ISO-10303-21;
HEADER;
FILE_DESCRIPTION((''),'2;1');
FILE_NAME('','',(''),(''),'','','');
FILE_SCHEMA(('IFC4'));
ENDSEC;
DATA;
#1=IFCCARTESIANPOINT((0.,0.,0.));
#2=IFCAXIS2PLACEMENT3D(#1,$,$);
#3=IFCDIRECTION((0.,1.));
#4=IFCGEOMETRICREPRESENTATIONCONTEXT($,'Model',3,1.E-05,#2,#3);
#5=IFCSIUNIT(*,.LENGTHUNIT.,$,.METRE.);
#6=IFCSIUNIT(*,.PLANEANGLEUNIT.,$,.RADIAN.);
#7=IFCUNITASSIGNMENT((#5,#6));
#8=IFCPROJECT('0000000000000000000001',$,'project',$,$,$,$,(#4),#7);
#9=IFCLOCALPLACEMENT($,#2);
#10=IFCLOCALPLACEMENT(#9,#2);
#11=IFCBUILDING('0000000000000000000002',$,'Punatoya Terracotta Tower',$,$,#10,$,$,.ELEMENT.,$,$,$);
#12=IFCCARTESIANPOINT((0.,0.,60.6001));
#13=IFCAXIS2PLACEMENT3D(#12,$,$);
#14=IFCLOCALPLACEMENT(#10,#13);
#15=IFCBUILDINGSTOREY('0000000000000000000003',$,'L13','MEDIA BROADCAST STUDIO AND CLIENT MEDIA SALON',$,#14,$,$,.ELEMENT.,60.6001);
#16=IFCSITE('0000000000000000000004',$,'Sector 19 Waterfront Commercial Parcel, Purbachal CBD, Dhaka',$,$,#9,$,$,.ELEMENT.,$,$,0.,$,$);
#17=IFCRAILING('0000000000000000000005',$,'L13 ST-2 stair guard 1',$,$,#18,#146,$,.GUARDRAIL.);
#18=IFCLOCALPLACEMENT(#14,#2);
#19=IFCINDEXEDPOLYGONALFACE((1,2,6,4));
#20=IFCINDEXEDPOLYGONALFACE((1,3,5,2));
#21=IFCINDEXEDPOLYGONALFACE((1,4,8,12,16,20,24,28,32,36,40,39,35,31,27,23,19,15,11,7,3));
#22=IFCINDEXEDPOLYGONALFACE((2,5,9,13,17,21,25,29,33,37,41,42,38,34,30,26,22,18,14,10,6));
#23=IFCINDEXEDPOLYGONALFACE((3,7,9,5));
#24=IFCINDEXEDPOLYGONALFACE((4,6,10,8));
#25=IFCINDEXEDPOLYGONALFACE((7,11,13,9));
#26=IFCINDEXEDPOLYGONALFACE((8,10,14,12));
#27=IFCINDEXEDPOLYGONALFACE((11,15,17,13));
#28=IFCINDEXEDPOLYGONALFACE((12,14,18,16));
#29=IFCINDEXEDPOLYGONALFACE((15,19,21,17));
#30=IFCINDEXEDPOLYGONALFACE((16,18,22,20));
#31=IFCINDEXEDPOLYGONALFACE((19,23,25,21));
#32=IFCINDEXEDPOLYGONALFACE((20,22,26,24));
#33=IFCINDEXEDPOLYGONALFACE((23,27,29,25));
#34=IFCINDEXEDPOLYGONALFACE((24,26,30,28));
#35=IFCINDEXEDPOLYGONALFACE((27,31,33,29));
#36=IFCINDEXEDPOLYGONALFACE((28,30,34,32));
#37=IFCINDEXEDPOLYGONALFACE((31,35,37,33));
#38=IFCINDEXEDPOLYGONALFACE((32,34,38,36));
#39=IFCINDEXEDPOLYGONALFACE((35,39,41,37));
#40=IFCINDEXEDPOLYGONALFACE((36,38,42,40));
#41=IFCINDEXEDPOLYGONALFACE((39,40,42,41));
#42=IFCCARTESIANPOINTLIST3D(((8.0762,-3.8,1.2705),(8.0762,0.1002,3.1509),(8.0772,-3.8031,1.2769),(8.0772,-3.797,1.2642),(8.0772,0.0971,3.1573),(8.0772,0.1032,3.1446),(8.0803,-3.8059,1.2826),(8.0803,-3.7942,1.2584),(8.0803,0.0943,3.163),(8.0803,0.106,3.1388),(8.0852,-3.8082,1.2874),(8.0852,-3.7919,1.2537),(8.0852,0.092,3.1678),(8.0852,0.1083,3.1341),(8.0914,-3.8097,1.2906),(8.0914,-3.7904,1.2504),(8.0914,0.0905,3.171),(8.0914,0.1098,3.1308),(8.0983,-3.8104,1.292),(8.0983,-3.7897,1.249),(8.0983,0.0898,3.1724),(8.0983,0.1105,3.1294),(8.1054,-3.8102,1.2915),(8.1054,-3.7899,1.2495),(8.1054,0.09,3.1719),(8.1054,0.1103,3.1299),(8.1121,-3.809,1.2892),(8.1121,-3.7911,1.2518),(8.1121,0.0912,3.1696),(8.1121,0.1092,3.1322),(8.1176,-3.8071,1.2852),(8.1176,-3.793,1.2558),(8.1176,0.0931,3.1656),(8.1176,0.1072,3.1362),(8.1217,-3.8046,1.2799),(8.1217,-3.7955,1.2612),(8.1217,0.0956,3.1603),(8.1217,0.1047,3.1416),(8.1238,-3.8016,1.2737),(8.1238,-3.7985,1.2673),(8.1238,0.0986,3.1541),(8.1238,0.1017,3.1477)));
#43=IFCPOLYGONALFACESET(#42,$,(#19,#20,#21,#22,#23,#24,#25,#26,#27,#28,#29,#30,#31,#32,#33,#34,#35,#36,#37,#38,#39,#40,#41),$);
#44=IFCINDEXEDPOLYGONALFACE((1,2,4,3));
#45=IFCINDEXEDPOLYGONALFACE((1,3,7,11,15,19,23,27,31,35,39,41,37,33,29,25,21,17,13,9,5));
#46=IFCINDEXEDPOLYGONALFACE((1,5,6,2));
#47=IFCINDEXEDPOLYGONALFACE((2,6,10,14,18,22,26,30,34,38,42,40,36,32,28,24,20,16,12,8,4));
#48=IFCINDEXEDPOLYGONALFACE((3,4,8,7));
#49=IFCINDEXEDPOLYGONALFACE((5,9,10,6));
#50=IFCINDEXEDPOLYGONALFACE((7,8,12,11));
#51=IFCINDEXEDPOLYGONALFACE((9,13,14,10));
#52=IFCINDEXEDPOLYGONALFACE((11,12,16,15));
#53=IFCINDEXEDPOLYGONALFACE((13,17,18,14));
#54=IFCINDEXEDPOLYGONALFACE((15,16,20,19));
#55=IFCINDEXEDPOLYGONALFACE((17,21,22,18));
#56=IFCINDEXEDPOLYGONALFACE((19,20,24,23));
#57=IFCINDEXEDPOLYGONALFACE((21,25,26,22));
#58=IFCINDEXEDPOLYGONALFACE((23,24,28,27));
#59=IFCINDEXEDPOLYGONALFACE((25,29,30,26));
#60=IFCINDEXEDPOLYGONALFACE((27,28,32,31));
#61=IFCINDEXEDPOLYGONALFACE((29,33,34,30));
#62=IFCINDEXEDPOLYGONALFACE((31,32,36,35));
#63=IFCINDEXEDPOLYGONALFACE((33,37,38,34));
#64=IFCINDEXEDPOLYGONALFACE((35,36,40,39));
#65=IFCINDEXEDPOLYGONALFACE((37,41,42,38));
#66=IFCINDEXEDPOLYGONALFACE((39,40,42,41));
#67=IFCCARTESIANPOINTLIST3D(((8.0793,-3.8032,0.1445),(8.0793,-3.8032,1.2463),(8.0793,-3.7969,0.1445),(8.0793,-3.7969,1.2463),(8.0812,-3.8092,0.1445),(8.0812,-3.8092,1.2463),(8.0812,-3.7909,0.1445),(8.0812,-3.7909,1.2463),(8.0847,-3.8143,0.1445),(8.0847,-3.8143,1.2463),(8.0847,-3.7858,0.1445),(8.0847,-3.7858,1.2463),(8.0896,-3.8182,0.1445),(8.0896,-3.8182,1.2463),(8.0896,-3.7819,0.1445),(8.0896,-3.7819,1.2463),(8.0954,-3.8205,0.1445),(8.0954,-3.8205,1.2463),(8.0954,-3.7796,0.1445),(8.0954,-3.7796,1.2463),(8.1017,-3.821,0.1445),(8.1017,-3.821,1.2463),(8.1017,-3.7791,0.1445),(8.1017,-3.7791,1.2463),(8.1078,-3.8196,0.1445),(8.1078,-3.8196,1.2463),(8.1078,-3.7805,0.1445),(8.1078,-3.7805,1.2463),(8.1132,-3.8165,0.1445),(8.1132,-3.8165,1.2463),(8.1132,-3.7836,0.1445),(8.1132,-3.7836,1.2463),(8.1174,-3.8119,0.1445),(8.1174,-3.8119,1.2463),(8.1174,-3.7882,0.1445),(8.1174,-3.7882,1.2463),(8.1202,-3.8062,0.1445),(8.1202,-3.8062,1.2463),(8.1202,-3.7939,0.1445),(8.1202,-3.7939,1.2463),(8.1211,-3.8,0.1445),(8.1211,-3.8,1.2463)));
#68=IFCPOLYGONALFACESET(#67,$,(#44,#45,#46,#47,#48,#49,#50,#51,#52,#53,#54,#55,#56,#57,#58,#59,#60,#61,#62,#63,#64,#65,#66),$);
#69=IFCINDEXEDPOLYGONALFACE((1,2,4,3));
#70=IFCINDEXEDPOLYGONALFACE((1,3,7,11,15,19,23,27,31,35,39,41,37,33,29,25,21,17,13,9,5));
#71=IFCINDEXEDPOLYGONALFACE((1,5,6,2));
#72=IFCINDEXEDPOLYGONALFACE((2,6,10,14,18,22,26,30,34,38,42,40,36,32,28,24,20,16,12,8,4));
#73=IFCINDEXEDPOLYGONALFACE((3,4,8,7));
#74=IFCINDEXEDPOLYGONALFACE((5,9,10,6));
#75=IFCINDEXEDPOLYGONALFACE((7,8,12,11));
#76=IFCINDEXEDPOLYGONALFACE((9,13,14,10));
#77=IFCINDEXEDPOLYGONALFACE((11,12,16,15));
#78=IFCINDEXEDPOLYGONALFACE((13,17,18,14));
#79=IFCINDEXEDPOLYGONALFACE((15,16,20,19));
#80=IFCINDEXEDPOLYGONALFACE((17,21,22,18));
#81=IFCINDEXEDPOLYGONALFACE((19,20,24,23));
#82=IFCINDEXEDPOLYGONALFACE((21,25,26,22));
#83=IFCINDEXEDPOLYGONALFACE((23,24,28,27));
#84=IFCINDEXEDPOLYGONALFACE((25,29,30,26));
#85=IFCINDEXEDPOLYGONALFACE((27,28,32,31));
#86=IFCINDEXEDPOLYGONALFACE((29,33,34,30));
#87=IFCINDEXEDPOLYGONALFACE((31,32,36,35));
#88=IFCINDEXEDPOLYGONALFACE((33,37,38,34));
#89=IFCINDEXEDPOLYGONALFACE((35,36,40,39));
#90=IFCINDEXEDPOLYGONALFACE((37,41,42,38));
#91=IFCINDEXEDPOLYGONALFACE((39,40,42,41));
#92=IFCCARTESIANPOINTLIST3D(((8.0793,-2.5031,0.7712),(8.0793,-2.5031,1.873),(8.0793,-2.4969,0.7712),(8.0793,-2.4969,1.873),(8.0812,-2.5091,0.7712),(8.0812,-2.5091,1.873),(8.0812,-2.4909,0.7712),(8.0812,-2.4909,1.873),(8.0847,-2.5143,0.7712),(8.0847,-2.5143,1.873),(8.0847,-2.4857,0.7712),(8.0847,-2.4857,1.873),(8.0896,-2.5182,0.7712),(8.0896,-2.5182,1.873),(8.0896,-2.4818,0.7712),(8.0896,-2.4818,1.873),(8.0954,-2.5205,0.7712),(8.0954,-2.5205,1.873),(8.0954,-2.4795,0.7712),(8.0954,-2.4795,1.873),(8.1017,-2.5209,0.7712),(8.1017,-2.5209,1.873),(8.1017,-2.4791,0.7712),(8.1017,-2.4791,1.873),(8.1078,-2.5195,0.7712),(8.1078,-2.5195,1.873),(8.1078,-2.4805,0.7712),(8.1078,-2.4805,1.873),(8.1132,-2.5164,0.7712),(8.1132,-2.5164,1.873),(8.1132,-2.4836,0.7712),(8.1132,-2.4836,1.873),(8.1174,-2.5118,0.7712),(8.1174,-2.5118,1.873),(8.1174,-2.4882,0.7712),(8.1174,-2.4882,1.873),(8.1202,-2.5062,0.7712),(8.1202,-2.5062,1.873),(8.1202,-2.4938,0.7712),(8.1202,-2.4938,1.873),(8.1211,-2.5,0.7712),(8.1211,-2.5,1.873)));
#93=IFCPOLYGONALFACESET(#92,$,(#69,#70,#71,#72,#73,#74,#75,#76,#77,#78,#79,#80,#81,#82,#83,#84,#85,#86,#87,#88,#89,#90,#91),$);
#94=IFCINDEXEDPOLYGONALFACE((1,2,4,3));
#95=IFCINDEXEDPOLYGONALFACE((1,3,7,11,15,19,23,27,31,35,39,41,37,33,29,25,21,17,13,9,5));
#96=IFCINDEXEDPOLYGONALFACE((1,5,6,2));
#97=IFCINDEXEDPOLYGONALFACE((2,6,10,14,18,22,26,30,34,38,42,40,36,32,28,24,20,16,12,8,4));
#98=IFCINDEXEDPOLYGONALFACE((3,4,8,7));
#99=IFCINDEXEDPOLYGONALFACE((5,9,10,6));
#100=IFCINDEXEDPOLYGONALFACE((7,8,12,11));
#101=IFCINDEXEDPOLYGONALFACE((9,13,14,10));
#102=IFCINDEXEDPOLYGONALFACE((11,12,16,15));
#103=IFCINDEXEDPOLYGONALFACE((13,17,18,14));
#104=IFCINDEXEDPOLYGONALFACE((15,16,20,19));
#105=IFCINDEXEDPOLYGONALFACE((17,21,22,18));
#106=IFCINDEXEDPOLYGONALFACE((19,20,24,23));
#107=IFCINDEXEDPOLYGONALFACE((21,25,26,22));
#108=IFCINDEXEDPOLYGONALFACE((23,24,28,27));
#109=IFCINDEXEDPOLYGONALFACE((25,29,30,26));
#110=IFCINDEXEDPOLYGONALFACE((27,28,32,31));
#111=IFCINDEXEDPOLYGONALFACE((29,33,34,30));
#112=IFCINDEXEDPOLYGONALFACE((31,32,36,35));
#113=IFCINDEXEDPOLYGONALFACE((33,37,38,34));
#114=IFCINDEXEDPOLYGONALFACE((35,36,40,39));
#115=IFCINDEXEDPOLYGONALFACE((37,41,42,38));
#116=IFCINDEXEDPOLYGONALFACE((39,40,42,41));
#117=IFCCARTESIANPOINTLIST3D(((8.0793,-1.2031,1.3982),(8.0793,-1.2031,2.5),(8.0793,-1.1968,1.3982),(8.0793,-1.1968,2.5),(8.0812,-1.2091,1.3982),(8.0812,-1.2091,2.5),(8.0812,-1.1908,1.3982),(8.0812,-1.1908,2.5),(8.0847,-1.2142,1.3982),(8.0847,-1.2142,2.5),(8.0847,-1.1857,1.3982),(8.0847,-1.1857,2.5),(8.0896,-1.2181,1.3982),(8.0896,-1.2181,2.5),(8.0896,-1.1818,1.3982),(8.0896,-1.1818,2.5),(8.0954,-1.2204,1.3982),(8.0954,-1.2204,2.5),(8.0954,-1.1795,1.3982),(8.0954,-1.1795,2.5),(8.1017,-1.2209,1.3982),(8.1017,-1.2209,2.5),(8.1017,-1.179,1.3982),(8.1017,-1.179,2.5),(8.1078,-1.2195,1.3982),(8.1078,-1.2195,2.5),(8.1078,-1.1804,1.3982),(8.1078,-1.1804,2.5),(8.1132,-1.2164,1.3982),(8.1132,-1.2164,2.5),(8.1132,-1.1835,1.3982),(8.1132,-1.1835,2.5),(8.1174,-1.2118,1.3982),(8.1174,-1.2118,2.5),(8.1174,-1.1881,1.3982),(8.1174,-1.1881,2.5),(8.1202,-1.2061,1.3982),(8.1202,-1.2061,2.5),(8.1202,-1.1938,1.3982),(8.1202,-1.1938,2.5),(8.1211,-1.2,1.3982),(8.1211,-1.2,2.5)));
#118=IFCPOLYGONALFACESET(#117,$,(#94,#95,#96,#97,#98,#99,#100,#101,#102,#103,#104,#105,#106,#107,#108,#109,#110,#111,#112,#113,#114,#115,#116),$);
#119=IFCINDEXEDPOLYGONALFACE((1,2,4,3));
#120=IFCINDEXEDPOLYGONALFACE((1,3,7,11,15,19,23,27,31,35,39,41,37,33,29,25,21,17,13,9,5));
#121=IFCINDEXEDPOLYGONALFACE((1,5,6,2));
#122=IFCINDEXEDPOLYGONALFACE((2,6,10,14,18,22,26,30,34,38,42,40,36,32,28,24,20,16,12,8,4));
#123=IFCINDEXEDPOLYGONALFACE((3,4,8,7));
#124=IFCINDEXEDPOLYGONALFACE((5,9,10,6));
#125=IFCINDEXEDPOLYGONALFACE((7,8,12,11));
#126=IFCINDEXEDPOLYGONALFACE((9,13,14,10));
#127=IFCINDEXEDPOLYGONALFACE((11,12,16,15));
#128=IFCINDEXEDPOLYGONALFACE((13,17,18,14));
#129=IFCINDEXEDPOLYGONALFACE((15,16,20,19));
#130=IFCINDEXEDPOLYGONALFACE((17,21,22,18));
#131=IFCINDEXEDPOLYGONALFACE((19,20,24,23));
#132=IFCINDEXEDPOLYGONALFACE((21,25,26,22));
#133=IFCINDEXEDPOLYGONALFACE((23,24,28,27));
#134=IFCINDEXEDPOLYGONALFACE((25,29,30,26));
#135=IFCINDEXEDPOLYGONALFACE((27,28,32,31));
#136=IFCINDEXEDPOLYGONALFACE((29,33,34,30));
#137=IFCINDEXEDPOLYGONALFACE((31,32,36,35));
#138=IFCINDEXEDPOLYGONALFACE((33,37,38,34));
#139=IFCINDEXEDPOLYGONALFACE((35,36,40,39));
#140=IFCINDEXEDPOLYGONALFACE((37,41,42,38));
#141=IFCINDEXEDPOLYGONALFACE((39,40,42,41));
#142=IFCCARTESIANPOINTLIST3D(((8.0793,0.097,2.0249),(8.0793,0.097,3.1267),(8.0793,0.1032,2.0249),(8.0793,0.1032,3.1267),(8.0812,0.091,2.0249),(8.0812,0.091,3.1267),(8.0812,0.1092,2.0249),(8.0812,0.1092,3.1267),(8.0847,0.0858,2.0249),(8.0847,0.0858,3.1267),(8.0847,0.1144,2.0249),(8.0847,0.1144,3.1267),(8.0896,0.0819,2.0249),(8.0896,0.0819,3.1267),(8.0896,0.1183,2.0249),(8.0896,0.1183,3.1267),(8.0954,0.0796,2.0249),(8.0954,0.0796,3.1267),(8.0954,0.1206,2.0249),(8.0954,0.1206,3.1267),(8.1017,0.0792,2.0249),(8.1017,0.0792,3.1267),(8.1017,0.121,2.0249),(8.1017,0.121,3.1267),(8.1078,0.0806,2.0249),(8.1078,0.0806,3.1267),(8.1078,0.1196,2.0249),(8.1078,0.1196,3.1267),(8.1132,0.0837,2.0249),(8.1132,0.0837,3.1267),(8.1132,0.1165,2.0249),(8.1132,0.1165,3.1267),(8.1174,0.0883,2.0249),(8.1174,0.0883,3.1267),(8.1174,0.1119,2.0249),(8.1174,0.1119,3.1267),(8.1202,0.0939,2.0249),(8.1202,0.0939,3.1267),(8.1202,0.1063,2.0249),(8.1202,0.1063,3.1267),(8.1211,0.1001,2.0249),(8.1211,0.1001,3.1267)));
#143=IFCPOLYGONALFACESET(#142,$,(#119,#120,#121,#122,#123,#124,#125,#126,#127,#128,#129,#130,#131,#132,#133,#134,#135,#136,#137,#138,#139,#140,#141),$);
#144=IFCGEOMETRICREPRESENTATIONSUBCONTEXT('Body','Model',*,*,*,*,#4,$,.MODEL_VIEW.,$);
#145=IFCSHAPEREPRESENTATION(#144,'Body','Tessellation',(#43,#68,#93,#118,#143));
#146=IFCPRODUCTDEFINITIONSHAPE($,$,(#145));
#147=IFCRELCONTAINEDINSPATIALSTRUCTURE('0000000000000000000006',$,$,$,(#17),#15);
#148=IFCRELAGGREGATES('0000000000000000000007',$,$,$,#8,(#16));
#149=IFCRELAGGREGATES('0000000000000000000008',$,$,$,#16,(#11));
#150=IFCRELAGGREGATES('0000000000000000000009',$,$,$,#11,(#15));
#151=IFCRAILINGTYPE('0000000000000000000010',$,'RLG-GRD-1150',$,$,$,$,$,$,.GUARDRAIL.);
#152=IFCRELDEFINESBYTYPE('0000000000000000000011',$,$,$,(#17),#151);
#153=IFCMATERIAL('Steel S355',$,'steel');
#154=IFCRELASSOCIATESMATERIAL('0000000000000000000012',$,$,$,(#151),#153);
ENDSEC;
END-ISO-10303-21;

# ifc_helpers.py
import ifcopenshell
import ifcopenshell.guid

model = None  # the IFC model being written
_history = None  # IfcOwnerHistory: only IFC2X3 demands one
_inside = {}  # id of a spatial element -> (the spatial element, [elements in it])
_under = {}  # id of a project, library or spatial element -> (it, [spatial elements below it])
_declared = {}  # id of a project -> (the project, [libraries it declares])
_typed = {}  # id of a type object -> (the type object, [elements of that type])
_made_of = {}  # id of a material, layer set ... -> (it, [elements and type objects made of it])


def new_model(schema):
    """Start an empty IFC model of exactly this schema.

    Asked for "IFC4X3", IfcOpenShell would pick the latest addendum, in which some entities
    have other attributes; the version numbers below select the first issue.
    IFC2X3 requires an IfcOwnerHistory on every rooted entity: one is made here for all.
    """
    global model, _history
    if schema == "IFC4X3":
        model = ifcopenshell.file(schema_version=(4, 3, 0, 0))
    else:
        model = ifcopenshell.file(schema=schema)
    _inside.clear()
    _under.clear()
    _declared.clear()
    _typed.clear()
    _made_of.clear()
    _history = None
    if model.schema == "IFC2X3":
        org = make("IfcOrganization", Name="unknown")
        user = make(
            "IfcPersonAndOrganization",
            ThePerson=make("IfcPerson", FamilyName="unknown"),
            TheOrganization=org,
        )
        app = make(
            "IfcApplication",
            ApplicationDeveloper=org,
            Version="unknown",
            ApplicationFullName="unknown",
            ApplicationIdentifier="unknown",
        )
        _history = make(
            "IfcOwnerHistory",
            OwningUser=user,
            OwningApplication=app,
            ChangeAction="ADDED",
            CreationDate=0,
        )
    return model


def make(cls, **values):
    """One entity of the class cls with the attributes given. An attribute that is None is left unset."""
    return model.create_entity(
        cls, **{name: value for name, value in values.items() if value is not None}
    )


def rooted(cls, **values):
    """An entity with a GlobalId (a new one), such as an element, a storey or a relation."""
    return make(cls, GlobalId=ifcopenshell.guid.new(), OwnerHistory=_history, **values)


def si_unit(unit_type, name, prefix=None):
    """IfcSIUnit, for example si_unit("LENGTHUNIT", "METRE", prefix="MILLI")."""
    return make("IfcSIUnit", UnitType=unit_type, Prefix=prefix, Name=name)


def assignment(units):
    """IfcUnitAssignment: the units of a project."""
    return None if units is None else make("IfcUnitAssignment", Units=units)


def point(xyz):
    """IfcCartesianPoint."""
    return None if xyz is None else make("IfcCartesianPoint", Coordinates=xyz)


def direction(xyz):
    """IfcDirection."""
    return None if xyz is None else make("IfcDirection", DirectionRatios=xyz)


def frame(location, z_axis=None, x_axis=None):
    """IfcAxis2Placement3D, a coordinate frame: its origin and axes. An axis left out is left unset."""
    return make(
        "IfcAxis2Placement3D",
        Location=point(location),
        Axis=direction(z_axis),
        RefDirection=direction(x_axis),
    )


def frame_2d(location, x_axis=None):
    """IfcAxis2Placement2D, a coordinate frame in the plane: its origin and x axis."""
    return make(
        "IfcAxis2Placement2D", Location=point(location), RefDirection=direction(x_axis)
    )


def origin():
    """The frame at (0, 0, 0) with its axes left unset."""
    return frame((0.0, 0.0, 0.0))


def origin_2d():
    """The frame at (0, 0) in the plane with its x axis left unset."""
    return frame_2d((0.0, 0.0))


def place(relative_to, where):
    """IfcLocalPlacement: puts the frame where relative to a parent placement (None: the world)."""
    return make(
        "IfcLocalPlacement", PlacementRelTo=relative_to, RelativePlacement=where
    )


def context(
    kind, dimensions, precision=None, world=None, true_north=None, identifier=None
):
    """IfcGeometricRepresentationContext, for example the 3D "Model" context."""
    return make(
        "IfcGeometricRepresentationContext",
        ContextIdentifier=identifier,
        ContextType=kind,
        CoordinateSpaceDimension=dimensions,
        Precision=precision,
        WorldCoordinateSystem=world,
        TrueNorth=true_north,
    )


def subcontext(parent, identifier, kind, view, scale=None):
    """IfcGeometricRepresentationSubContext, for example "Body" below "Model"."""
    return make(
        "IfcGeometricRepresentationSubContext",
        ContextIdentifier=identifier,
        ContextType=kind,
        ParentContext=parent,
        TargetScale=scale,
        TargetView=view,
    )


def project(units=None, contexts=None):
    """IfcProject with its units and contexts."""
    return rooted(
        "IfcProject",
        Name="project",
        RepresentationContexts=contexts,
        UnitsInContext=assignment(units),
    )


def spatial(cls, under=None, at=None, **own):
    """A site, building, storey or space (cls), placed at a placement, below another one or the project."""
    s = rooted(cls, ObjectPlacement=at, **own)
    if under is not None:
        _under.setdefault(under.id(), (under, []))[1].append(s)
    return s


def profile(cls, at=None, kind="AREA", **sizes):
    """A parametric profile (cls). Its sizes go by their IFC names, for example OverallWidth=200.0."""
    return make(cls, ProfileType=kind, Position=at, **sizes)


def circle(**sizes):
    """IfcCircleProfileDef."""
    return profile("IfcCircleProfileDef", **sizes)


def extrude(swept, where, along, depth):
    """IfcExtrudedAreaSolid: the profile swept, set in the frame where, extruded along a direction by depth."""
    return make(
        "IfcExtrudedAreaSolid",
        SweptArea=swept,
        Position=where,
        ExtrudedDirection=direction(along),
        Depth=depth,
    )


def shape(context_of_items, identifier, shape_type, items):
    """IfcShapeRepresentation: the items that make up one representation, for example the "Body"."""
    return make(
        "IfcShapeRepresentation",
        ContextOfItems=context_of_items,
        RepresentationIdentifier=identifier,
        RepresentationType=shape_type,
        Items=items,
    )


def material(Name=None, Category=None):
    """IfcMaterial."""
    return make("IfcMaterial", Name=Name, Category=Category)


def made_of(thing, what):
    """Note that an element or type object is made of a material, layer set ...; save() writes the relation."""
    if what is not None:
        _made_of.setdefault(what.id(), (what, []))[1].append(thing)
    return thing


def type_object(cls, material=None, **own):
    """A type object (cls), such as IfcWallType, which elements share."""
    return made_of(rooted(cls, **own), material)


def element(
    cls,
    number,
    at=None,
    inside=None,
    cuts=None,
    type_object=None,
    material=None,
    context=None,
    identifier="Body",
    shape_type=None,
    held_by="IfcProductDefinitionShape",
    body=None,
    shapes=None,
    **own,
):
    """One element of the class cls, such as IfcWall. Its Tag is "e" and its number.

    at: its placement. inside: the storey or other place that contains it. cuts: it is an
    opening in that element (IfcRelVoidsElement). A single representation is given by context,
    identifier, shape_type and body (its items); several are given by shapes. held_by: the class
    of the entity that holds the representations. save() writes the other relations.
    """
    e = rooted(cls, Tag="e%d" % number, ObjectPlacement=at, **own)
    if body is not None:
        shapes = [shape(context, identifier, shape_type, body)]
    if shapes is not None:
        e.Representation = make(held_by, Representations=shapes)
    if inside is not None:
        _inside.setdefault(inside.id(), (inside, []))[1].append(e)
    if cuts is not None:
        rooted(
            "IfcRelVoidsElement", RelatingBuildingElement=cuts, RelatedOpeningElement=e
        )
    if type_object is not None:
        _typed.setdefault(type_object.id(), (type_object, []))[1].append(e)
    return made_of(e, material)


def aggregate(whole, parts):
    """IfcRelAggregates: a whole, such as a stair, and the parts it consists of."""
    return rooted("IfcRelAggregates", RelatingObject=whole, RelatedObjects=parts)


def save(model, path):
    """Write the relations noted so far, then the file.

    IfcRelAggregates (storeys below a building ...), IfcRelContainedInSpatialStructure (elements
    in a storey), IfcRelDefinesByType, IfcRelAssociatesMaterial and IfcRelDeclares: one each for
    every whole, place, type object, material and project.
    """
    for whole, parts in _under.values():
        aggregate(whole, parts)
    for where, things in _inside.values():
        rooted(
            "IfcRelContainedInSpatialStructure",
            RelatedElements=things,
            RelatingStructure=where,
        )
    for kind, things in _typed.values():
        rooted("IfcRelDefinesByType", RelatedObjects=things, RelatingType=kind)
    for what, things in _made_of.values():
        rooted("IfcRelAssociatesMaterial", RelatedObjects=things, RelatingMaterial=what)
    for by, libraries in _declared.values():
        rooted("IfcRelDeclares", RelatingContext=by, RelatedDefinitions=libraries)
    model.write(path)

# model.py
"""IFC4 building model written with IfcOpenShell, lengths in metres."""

from ifc_helpers import new_model, si_unit, direction, frame, origin, origin_2d, place, context, subcontext, project, spatial, circle, extrude, material, type_object, element, save


model = new_model("IFC4")

# Units and contexts
model_context = context("Model", 3, precision=1e-05, world=origin(), true_north=direction((0.0, 1.0)))
body_context = subcontext(model_context, "Body", "Model", "MODEL_VIEW")
ifc_project = project(units=[si_unit("LENGTHUNIT", "METRE"), si_unit("PLANEANGLEUNIT", "RADIAN")], contexts=[model_context])

# Site, building, storey
site_placement = place(None, origin())
site = spatial("IfcSite", under=ifc_project, at=site_placement, Name="Sector 19 Waterfront Commercial Parcel, Purbachal CBD, Dhaka", CompositionType="ELEMENT", RefElevation=0.0)
building_placement = place(site_placement, origin())
building = spatial("IfcBuilding", under=site, at=building_placement, Name="Punatoya Terracotta Tower", CompositionType="ELEMENT")
storey_placement = place(building_placement, frame((0.0, 0.0, 60.6001)))
storey = spatial("IfcBuildingStorey", under=building, at=storey_placement, Name="L13", Description="MEDIA BROADCAST STUDIO AND CLIENT MEDIA SALON", CompositionType="ELEMENT", Elevation=60.6001)

# Railing
ifc_material_1 = material(Name="Steel S355", Category="steel")
railing_type_1 = type_object("IfcRailingType", Name="RLG-GRD-1150", PredefinedType="GUARDRAIL", material=ifc_material_1)
railing_1_placement = place(storey_placement, frame((8.1001, -3.8, 0.1445)))
element("IfcRailing", 1, at=railing_1_placement, inside=storey, type_object=railing_type_1, Name="L13 ST-2 stair guard 1", PredefinedType="GUARDRAIL", context=body_context, shape_type="SweptSolid", body=[
    extrude(circle(Radius=0.0239, at=origin_2d()), frame((0.0, 0.0, 1.126), z_axis=(0.0, 0.900774, 0.434289), x_axis=(-1.0, 0.0, 0.0)), (0.0, 0.0, 1.0), 4.3298),
    extrude(circle(Radius=0.021, at=origin_2d()), origin(), (0.0, 0.0, 1.0), 1.1018),
    extrude(circle(Radius=0.021, at=origin_2d()), frame((0.0, 1.3, 0.6267)), (0.0, 0.0, 1.0), 1.1018),
    extrude(circle(Radius=0.021, at=origin_2d()), frame((0.0, 2.6001, 1.2537)), (0.0, 0.0, 1.0), 1.1018),
    extrude(circle(Radius=0.021, at=origin_2d()), frame((0.0, 3.9001, 1.8804)), (0.0, 0.0, 1.0), 1.1018),
])

save(model, "model.ifc")
